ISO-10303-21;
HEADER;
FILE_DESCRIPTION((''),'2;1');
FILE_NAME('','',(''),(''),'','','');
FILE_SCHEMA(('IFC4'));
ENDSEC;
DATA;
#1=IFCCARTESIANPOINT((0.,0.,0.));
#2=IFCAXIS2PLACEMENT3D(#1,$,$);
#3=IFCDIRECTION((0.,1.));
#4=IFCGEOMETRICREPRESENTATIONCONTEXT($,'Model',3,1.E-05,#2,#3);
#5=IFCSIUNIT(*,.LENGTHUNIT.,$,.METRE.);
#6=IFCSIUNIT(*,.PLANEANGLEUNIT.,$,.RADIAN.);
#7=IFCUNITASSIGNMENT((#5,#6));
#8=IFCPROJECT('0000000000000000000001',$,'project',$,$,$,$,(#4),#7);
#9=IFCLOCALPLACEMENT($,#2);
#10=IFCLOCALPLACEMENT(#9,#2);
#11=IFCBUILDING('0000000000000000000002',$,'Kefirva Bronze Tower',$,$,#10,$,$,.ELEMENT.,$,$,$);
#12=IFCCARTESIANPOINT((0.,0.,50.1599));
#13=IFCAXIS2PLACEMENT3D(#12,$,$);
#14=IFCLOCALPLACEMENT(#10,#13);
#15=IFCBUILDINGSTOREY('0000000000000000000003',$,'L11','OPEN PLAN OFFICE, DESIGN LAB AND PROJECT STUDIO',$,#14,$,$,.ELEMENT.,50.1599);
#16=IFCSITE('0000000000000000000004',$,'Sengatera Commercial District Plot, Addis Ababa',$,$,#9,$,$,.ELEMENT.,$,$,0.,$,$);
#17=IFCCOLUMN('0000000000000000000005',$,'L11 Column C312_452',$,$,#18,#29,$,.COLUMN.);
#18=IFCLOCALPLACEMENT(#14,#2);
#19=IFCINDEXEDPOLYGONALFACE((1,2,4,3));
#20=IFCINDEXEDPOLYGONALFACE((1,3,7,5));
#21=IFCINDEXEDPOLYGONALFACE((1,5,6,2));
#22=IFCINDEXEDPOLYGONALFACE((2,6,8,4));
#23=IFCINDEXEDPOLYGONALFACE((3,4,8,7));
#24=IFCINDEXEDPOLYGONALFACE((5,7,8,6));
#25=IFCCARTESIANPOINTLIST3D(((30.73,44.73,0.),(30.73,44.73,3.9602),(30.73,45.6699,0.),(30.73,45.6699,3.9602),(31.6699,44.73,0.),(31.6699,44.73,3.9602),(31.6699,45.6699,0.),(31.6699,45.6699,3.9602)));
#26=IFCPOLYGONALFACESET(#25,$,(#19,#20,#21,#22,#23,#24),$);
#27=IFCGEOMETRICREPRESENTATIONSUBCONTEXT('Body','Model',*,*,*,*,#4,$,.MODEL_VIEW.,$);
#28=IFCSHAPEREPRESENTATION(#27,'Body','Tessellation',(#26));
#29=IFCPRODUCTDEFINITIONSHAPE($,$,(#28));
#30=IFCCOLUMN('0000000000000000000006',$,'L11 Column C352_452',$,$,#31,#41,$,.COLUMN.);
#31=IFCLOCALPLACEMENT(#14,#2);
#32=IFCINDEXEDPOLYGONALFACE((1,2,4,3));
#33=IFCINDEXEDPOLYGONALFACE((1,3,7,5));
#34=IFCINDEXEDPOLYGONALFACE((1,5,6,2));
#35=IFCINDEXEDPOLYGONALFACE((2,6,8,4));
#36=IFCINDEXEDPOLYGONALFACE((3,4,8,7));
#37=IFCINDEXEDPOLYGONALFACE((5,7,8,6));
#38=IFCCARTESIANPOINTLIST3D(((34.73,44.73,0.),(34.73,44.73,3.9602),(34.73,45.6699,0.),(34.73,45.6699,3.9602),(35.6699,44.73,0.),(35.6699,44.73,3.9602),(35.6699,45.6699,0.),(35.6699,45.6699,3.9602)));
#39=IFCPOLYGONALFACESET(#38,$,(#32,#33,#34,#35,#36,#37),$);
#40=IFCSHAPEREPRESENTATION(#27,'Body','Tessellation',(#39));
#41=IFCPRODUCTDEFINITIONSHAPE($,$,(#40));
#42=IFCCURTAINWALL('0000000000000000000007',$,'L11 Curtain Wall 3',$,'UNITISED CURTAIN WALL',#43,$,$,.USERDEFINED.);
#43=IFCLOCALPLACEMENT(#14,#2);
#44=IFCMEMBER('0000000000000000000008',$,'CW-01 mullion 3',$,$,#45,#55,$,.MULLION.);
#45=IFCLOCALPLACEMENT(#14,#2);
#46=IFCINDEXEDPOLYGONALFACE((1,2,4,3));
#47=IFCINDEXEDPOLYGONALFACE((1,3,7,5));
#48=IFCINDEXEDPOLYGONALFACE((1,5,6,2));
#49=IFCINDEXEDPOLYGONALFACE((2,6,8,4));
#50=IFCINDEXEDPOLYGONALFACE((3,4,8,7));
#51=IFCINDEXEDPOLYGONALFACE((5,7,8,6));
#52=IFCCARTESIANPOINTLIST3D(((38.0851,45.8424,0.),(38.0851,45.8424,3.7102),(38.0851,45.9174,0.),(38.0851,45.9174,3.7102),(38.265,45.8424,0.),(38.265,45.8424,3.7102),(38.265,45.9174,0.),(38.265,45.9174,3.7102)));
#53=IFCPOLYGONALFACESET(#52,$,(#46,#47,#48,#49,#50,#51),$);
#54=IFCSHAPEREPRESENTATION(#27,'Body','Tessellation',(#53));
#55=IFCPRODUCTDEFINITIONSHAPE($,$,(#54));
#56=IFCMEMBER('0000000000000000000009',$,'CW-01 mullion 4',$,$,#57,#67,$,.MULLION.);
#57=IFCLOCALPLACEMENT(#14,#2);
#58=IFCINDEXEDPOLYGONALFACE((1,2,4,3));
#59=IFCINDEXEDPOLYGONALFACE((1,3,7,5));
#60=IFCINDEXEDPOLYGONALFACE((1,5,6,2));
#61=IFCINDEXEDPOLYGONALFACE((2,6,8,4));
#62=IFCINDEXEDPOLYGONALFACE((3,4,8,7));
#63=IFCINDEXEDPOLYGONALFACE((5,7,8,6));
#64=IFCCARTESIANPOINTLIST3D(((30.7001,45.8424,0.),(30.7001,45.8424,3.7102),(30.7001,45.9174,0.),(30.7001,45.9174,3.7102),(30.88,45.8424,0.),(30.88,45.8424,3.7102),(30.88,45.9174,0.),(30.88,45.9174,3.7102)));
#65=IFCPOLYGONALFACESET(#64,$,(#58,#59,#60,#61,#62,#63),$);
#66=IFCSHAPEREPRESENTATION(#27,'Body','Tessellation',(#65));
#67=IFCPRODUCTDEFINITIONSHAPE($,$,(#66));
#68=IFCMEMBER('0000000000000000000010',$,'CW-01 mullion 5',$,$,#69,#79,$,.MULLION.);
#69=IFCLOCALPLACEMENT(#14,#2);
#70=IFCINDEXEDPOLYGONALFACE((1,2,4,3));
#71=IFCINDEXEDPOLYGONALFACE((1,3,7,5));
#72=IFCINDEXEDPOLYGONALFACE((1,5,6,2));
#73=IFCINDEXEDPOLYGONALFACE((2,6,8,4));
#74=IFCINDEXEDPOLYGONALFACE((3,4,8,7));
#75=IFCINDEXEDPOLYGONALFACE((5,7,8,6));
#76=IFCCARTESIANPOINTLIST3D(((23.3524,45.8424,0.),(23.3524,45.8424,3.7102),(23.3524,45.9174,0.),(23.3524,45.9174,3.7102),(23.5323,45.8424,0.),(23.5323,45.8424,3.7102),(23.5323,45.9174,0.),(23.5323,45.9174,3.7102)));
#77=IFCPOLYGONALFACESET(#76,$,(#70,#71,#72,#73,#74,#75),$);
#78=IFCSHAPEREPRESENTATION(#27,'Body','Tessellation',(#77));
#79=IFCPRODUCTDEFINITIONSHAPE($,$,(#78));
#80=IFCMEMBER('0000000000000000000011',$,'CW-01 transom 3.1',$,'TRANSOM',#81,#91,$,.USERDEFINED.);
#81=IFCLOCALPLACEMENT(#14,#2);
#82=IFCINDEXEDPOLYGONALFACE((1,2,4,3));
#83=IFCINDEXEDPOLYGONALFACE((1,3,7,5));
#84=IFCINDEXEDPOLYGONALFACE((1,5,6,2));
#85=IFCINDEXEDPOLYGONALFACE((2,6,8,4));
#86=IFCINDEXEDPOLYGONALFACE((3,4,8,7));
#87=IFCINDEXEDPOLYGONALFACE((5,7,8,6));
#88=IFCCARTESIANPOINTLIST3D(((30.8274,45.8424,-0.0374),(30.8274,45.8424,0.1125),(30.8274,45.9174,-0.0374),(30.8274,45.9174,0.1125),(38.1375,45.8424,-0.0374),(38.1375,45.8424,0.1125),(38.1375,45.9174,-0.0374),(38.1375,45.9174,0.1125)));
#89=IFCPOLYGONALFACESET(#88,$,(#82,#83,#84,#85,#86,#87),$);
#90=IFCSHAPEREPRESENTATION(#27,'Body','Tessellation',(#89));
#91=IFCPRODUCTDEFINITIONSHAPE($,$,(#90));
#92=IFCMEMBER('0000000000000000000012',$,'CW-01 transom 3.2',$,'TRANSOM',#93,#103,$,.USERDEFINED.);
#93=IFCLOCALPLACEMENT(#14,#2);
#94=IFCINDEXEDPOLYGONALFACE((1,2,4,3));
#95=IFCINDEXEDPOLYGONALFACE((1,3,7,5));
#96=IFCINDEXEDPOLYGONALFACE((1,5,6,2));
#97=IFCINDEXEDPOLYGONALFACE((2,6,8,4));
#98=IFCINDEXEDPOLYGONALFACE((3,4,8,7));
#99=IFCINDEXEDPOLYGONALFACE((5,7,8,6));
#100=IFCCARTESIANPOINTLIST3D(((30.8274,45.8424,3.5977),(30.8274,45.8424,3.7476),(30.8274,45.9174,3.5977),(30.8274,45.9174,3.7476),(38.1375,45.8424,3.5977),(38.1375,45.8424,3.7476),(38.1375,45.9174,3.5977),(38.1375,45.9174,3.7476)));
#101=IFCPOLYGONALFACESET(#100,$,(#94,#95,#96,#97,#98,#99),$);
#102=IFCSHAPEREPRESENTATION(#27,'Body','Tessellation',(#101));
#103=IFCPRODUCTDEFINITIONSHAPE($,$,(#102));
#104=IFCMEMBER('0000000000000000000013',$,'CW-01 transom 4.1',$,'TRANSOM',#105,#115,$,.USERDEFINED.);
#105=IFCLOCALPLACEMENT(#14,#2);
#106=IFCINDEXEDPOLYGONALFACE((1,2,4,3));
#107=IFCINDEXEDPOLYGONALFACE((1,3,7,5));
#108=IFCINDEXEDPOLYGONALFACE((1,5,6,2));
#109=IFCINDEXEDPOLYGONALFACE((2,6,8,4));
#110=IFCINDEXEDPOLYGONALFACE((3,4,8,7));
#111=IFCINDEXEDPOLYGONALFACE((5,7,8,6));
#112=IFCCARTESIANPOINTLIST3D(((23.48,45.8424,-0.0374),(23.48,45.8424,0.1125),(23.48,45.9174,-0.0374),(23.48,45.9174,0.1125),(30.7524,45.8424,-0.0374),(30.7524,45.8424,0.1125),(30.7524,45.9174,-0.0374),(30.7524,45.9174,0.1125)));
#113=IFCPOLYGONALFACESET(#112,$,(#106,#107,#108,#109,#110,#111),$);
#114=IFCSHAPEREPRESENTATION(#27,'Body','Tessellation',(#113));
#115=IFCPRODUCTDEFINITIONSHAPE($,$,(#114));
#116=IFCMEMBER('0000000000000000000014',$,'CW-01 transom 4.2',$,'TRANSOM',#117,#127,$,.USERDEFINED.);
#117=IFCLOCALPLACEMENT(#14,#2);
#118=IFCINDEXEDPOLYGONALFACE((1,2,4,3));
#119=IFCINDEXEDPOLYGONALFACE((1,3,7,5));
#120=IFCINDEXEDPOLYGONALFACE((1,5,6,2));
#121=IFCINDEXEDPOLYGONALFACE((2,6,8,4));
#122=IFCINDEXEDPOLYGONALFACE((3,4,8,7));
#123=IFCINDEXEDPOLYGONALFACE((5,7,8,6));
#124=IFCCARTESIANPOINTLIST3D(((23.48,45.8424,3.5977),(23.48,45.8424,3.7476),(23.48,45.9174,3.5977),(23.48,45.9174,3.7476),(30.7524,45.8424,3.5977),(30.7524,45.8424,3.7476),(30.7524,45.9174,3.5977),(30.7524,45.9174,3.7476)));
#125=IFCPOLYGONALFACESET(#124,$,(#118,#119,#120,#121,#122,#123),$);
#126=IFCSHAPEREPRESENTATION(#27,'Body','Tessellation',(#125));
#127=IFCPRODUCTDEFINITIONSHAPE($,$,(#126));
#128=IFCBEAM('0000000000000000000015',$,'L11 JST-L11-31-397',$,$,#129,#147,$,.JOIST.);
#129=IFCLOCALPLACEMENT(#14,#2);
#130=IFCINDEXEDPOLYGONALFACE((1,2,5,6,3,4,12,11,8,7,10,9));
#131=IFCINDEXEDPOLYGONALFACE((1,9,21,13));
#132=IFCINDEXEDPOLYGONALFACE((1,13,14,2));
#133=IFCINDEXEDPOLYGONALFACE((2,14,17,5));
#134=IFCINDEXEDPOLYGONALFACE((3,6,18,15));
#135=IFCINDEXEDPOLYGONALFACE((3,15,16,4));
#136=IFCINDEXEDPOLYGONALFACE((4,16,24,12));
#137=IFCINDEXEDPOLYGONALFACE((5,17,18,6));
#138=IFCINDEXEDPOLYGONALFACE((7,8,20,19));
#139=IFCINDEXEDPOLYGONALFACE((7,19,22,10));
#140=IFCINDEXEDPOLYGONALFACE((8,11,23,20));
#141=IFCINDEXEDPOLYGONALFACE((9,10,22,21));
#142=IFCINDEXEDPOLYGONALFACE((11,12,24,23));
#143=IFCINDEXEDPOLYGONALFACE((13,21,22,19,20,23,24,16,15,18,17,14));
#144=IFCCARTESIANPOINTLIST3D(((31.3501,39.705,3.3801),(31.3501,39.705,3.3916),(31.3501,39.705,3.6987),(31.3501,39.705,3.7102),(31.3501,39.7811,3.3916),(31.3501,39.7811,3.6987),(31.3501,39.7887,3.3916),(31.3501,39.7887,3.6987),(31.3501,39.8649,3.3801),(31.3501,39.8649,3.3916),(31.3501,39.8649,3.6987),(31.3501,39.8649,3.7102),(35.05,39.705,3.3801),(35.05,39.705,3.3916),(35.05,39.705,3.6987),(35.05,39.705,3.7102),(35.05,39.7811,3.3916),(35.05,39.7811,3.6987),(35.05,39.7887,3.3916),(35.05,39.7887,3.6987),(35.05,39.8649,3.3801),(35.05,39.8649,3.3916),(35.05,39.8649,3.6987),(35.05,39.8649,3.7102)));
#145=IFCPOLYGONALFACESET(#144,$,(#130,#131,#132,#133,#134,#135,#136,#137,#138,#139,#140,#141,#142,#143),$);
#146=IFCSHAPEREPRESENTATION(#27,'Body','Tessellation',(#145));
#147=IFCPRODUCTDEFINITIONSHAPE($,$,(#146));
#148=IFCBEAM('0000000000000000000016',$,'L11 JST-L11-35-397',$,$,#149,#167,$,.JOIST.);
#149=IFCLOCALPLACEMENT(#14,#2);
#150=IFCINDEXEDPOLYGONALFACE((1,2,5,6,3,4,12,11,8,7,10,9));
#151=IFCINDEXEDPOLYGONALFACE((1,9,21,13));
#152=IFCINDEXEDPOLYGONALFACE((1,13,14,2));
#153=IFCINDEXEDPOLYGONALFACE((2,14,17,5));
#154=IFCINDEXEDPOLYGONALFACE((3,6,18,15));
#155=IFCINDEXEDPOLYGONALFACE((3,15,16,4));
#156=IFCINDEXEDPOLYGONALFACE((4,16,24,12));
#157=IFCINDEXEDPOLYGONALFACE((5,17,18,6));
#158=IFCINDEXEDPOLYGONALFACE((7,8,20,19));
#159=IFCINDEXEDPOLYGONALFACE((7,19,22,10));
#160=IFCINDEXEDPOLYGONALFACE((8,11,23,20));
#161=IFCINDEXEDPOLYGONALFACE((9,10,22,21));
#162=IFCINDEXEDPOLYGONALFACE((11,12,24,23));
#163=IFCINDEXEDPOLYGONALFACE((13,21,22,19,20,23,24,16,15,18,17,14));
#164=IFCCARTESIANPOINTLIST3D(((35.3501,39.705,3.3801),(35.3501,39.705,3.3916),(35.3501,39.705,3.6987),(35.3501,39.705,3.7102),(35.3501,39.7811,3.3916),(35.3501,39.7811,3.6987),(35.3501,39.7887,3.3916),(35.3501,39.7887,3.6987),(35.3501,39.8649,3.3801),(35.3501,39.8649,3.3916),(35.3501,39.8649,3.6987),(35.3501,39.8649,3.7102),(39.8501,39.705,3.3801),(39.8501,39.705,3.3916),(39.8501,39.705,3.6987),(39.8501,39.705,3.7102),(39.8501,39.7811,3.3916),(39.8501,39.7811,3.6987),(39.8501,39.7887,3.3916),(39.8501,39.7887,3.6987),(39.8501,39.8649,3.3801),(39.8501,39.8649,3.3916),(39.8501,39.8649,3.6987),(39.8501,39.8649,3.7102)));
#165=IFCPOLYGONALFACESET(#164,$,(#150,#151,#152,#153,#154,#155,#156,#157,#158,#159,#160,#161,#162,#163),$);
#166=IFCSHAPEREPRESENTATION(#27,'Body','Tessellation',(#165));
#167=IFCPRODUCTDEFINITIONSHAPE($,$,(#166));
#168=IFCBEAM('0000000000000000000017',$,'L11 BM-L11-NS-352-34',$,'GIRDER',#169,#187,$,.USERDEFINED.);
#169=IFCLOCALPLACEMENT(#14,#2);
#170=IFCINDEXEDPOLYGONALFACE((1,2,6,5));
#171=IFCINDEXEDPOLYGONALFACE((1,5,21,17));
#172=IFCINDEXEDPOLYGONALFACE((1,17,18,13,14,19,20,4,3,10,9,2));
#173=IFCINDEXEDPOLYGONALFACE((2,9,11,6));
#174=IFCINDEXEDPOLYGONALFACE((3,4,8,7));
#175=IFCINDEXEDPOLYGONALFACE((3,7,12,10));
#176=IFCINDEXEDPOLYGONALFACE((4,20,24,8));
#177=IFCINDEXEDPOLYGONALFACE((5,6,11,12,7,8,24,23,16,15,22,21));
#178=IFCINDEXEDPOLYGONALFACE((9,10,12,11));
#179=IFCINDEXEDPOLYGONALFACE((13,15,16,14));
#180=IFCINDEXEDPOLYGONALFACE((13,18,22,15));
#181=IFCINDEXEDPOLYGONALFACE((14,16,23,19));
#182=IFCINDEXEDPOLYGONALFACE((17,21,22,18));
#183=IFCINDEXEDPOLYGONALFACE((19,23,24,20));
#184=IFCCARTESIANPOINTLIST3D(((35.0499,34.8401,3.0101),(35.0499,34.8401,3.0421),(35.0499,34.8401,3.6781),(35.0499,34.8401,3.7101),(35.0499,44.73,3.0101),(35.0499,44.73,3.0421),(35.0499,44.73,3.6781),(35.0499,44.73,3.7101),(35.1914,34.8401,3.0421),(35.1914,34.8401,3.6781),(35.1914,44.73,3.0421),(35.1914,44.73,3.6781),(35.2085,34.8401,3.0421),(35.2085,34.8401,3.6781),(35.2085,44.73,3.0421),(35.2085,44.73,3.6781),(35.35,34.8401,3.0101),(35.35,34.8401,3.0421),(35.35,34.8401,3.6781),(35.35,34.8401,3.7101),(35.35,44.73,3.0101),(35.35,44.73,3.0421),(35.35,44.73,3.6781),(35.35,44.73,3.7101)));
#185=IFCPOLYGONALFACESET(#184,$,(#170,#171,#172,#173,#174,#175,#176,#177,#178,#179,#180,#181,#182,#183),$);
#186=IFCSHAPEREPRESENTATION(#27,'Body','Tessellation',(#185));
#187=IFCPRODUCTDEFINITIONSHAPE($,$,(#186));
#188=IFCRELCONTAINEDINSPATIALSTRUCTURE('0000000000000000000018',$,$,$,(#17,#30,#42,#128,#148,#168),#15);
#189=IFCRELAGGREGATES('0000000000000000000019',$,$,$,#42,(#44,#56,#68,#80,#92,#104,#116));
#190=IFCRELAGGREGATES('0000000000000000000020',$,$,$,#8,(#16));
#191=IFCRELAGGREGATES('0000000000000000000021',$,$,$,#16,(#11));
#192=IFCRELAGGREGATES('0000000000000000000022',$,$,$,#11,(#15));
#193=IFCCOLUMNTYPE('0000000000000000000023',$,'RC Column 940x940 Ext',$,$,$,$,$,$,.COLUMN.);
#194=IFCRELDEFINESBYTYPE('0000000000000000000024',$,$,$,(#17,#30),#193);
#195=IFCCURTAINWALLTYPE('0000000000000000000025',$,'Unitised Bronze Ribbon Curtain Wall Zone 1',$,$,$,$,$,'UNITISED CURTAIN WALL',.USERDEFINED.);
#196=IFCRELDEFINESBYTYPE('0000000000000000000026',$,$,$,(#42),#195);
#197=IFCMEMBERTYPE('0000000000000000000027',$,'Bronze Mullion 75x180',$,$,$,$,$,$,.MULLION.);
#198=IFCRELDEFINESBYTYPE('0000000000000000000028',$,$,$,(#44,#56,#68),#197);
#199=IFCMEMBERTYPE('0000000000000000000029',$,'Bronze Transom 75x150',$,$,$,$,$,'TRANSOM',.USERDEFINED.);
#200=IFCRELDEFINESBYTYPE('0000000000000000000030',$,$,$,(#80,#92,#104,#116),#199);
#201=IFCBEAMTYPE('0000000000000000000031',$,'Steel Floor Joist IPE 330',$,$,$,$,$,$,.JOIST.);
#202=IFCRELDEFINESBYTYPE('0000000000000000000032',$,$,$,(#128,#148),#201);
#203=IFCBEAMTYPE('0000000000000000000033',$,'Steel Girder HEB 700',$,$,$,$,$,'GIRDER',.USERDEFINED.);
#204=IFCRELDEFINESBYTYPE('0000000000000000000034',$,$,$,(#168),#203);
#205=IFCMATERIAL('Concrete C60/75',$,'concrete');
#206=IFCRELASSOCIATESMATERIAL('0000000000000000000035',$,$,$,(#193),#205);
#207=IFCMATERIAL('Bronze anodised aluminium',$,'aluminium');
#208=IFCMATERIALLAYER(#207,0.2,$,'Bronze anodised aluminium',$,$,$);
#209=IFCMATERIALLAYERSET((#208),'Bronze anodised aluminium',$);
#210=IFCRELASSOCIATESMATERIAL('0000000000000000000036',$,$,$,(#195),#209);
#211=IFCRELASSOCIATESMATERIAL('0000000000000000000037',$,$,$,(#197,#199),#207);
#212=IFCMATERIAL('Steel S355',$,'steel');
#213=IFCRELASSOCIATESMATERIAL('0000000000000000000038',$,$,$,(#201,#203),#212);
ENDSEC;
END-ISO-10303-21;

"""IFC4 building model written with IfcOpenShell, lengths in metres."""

from ifc_helpers import new_model, si_unit, direction, frame, origin, origin_2d, place, context, subcontext, project, spatial, rectangle, i_section, extrude, material, layer, layer_set, material_profile, profile_set, type_object, element, aggregate, save


model = new_model("IFC4")

# Units and contexts
model_context = context("Model", 3, precision=1e-05, world=origin(), true_north=direction((0.0, 1.0)))
body_context = subcontext(model_context, "Body", "Model", "MODEL_VIEW")
ifc_project = project(units=[si_unit("LENGTHUNIT", "METRE"), si_unit("PLANEANGLEUNIT", "RADIAN")], contexts=[model_context])

# Site, building, storey
site_placement = place(None, origin())
site = spatial("IfcSite", under=ifc_project, at=site_placement, Name="Sengatera Commercial District Plot, Addis Ababa", CompositionType="ELEMENT", RefElevation=0.0)
building_placement = place(site_placement, origin())
building = spatial("IfcBuilding", under=site, at=building_placement, Name="Kefirva Bronze Tower", CompositionType="ELEMENT")
storey_placement = place(building_placement, frame((0.0, 0.0, 50.1599)))
storey = spatial("IfcBuildingStorey", under=building, at=storey_placement, Name="L11", Description="OPEN PLAN OFFICE, DESIGN LAB AND PROJECT STUDIO", CompositionType="ELEMENT", Elevation=50.1599)

# Columns
ifc_material_1 = material(Name="Concrete C60/75", Category="concrete")
ifc_material_profile_1 = material_profile(ifc_material_1, rectangle(XDim=0.9399, YDim=0.9399, at=origin_2d()), Name="RC 940x940")
ifc_profile_set_1 = profile_set([ifc_material_profile_1], Name="Concrete C60/75")
column_type = type_object("IfcColumnType", Name="RC Column 940x940 Ext", PredefinedType="COLUMN", material=ifc_profile_set_1)
for number, where, z_axis, x_axis, name in (
    (1, (31.2, 45.2, 0.0), (0.0, 0.0, 1.0), (1.0, 0.0, 0.0), "L11 Column C312_452"),
    (2, (35.2, 45.2, 0.0), (0.0, 0.0, 1.0), (1.0, 0.0, 0.0), "L11 Column C352_452"),
):
    element("IfcColumn", number, at=place(storey_placement, frame(where, z_axis=z_axis, x_axis=x_axis)), inside=storey, type_object=column_type, Name=name, PredefinedType="COLUMN", context=body_context, shape_type="SweptSolid", body=[
        extrude(rectangle(XDim=0.9399, YDim=0.9399, at=origin_2d()), origin(), (0.0, 0.0, 1.0), 3.9602),
    ])

# Curtain wall, members
ifc_material_2 = material(Name="Bronze anodised aluminium", Category="aluminium")
ifc_layer_1 = layer(ifc_material_2, 0.2, Name="Bronze anodised aluminium")
ifc_layer_set_1 = layer_set([ifc_layer_1], Name="Bronze anodised aluminium")
curtain_wall_type = type_object("IfcCurtainWallType", Name="Unitised Bronze Ribbon Curtain Wall Zone 1", ElementType="UNITISED CURTAIN WALL", PredefinedType="USERDEFINED", material=ifc_layer_set_1)
curtain_wall_placement = place(storey_placement, origin())
curtain_wall = element("IfcCurtainWall", 3, at=curtain_wall_placement, inside=storey, type_object=curtain_wall_type, Name="L11 Curtain Wall 3", ObjectType="UNITISED CURTAIN WALL", PredefinedType="USERDEFINED")
ifc_material_profile_2 = material_profile(ifc_material_2, rectangle(XDim=0.075, YDim=0.1799, at=origin_2d()), Name="ALU 75x180")
ifc_profile_set_2 = profile_set([ifc_material_profile_2], Name="Bronze anodised aluminium")
member_type_1 = type_object("IfcMemberType", Name="Bronze Mullion 75x180", PredefinedType="MULLION", material=ifc_profile_set_2)
member_1_placement = place(storey_placement, frame((38.175, 45.8799, 0.0), z_axis=(0.0, 0.0, 1.0), x_axis=(0.0, -1.0, 0.0)))
member_1 = element("IfcMember", 4, at=member_1_placement, type_object=member_type_1, Name="CW-01 mullion 3", PredefinedType="MULLION", context=body_context, shape_type="SweptSolid", body=[
    extrude(rectangle(XDim=0.075, YDim=0.1799, at=origin_2d()), origin(), (0.0, 0.0, 1.0), 3.7102),
])
member_2_placement = place(storey_placement, frame((30.79, 45.8799, 0.0), z_axis=(0.0, 0.0, 1.0), x_axis=(0.0, -1.0, 0.0)))
member_2 = element("IfcMember", 5, at=member_2_placement, type_object=member_type_1, Name="CW-01 mullion 4", PredefinedType="MULLION", context=body_context, shape_type="SweptSolid", body=[
    extrude(rectangle(XDim=0.075, YDim=0.1799, at=origin_2d()), origin(), (0.0, 0.0, 1.0), 3.7102),
])
member_3_placement = place(storey_placement, frame((23.4424, 45.8799, 0.0), z_axis=(0.0, 0.0, 1.0), x_axis=(0.0, -1.0, 0.0)))
member_3 = element("IfcMember", 6, at=member_3_placement, type_object=member_type_1, Name="CW-01 mullion 5", PredefinedType="MULLION", context=body_context, shape_type="SweptSolid", body=[
    extrude(rectangle(XDim=0.075, YDim=0.1799, at=origin_2d()), origin(), (0.0, 0.0, 1.0), 3.7102),
])
ifc_material_profile_3 = material_profile(ifc_material_2, rectangle(XDim=0.075, YDim=0.1499, at=origin_2d()), Name="ALU 75x150")
ifc_profile_set_3 = profile_set([ifc_material_profile_3], Name="Bronze anodised aluminium")
member_type_2 = type_object("IfcMemberType", Name="Bronze Transom 75x150", ElementType="TRANSOM", PredefinedType="USERDEFINED", material=ifc_profile_set_3)
member_4_placement = place(storey_placement, frame((38.1375, 45.8799, 0.0376), z_axis=(-1.0, 0.0, 0.0), x_axis=(0.0, -1.0, 0.0)))
member_4 = element("IfcMember", 7, at=member_4_placement, type_object=member_type_2, Name="CW-01 transom 3.1", ObjectType="TRANSOM", PredefinedType="USERDEFINED", context=body_context, shape_type="SweptSolid", body=[
    extrude(rectangle(XDim=0.075, YDim=0.1499, at=origin_2d()), origin(), (0.0, 0.0, 1.0), 7.3101),
])
member_5_placement = place(storey_placement, frame((38.1375, 45.8799, 3.6726), z_axis=(-1.0, 0.0, 0.0), x_axis=(0.0, -1.0, 0.0)))
member_5 = element("IfcMember", 8, at=member_5_placement, type_object=member_type_2, Name="CW-01 transom 3.2", ObjectType="TRANSOM", PredefinedType="USERDEFINED", context=body_context, shape_type="SweptSolid", body=[
    extrude(rectangle(XDim=0.075, YDim=0.1499, at=origin_2d()), origin(), (0.0, 0.0, 1.0), 7.3101),
])
member_6_placement = place(storey_placement, frame((30.7524, 45.8799, 0.0376), z_axis=(-1.0, 0.0, 0.0), x_axis=(0.0, -1.0, 0.0)))
member_6 = element("IfcMember", 9, at=member_6_placement, type_object=member_type_2, Name="CW-01 transom 4.1", ObjectType="TRANSOM", PredefinedType="USERDEFINED", context=body_context, shape_type="SweptSolid", body=[
    extrude(rectangle(XDim=0.075, YDim=0.1499, at=origin_2d()), origin(), (0.0, 0.0, 1.0), 7.2725),
])
member_7_placement = place(storey_placement, frame((30.7524, 45.8799, 3.6726), z_axis=(-1.0, 0.0, 0.0), x_axis=(0.0, -1.0, 0.0)))
member_7 = element("IfcMember", 10, at=member_7_placement, type_object=member_type_2, Name="CW-01 transom 4.2", ObjectType="TRANSOM", PredefinedType="USERDEFINED", context=body_context, shape_type="SweptSolid", body=[
    extrude(rectangle(XDim=0.075, YDim=0.1499, at=origin_2d()), origin(), (0.0, 0.0, 1.0), 7.2725),
])

# Beams
ifc_material_3 = material(Name="Steel S355", Category="steel")
ifc_material_profile_4 = material_profile(ifc_material_3, i_section(OverallWidth=0.1599, OverallDepth=0.3301, WebThickness=0.0076, FlangeThickness=0.0115, at=origin_2d()), Name="IPE 330")
ifc_profile_set_4 = profile_set([ifc_material_profile_4], Name="Steel S355")
beam_type_1 = type_object("IfcBeamType", Name="Steel Floor Joist IPE 330", PredefinedType="JOIST", material=ifc_profile_set_4)
beam_1_placement = place(storey_placement, frame((31.3501, 39.7849, 3.5452), z_axis=(1.0, 0.0, 0.0), x_axis=(0.0, 1.0, 0.0)))
element("IfcBeam", 11, at=beam_1_placement, inside=storey, type_object=beam_type_1, Name="L11 JST-L11-31-397", PredefinedType="JOIST", context=body_context, shape_type="SweptSolid", body=[
    extrude(i_section(OverallWidth=0.1599, OverallDepth=0.3301, WebThickness=0.0076, FlangeThickness=0.0115, at=origin_2d()), origin(), (0.0, 0.0, 1.0), 3.7),
])
beam_2_placement = place(storey_placement, frame((35.3501, 39.7849, 3.5452), z_axis=(1.0, 0.0, 0.0), x_axis=(0.0, 1.0, 0.0)))
element("IfcBeam", 12, at=beam_2_placement, inside=storey, type_object=beam_type_1, Name="L11 JST-L11-35-397", PredefinedType="JOIST", context=body_context, shape_type="SweptSolid", body=[
    extrude(i_section(OverallWidth=0.1599, OverallDepth=0.3301, WebThickness=0.0076, FlangeThickness=0.0115, at=origin_2d()), origin(), (0.0, 0.0, 1.0), 4.5),
])
ifc_material_profile_5 = material_profile(ifc_material_3, i_section(OverallWidth=0.3, OverallDepth=0.7, WebThickness=0.0171, FlangeThickness=0.032, at=origin_2d()), Name="HEB 700")
ifc_profile_set_5 = profile_set([ifc_material_profile_5], Name="Steel S355")
beam_type_2 = type_object("IfcBeamType", Name="Steel Girder HEB 700", ElementType="GIRDER", PredefinedType="USERDEFINED", material=ifc_profile_set_5)
beam_3_placement = place(storey_placement, frame((35.2, 34.8401, 3.3601), z_axis=(0.0, 1.0, 0.0), x_axis=(-1.0, 0.0, 0.0)))
element("IfcBeam", 13, at=beam_3_placement, inside=storey, type_object=beam_type_2, Name="L11 BM-L11-NS-352-34", ObjectType="GIRDER", PredefinedType="USERDEFINED", context=body_context, shape_type="SweptSolid", body=[
    extrude(i_section(OverallWidth=0.3, OverallDepth=0.7, WebThickness=0.0171, FlangeThickness=0.032, at=origin_2d()), origin(), (0.0, 0.0, 1.0), 9.8899),
])

aggregate(curtain_wall, [member_1, member_2, member_3, member_4, member_5, member_6, member_7])

save(model, "model.ifc")
